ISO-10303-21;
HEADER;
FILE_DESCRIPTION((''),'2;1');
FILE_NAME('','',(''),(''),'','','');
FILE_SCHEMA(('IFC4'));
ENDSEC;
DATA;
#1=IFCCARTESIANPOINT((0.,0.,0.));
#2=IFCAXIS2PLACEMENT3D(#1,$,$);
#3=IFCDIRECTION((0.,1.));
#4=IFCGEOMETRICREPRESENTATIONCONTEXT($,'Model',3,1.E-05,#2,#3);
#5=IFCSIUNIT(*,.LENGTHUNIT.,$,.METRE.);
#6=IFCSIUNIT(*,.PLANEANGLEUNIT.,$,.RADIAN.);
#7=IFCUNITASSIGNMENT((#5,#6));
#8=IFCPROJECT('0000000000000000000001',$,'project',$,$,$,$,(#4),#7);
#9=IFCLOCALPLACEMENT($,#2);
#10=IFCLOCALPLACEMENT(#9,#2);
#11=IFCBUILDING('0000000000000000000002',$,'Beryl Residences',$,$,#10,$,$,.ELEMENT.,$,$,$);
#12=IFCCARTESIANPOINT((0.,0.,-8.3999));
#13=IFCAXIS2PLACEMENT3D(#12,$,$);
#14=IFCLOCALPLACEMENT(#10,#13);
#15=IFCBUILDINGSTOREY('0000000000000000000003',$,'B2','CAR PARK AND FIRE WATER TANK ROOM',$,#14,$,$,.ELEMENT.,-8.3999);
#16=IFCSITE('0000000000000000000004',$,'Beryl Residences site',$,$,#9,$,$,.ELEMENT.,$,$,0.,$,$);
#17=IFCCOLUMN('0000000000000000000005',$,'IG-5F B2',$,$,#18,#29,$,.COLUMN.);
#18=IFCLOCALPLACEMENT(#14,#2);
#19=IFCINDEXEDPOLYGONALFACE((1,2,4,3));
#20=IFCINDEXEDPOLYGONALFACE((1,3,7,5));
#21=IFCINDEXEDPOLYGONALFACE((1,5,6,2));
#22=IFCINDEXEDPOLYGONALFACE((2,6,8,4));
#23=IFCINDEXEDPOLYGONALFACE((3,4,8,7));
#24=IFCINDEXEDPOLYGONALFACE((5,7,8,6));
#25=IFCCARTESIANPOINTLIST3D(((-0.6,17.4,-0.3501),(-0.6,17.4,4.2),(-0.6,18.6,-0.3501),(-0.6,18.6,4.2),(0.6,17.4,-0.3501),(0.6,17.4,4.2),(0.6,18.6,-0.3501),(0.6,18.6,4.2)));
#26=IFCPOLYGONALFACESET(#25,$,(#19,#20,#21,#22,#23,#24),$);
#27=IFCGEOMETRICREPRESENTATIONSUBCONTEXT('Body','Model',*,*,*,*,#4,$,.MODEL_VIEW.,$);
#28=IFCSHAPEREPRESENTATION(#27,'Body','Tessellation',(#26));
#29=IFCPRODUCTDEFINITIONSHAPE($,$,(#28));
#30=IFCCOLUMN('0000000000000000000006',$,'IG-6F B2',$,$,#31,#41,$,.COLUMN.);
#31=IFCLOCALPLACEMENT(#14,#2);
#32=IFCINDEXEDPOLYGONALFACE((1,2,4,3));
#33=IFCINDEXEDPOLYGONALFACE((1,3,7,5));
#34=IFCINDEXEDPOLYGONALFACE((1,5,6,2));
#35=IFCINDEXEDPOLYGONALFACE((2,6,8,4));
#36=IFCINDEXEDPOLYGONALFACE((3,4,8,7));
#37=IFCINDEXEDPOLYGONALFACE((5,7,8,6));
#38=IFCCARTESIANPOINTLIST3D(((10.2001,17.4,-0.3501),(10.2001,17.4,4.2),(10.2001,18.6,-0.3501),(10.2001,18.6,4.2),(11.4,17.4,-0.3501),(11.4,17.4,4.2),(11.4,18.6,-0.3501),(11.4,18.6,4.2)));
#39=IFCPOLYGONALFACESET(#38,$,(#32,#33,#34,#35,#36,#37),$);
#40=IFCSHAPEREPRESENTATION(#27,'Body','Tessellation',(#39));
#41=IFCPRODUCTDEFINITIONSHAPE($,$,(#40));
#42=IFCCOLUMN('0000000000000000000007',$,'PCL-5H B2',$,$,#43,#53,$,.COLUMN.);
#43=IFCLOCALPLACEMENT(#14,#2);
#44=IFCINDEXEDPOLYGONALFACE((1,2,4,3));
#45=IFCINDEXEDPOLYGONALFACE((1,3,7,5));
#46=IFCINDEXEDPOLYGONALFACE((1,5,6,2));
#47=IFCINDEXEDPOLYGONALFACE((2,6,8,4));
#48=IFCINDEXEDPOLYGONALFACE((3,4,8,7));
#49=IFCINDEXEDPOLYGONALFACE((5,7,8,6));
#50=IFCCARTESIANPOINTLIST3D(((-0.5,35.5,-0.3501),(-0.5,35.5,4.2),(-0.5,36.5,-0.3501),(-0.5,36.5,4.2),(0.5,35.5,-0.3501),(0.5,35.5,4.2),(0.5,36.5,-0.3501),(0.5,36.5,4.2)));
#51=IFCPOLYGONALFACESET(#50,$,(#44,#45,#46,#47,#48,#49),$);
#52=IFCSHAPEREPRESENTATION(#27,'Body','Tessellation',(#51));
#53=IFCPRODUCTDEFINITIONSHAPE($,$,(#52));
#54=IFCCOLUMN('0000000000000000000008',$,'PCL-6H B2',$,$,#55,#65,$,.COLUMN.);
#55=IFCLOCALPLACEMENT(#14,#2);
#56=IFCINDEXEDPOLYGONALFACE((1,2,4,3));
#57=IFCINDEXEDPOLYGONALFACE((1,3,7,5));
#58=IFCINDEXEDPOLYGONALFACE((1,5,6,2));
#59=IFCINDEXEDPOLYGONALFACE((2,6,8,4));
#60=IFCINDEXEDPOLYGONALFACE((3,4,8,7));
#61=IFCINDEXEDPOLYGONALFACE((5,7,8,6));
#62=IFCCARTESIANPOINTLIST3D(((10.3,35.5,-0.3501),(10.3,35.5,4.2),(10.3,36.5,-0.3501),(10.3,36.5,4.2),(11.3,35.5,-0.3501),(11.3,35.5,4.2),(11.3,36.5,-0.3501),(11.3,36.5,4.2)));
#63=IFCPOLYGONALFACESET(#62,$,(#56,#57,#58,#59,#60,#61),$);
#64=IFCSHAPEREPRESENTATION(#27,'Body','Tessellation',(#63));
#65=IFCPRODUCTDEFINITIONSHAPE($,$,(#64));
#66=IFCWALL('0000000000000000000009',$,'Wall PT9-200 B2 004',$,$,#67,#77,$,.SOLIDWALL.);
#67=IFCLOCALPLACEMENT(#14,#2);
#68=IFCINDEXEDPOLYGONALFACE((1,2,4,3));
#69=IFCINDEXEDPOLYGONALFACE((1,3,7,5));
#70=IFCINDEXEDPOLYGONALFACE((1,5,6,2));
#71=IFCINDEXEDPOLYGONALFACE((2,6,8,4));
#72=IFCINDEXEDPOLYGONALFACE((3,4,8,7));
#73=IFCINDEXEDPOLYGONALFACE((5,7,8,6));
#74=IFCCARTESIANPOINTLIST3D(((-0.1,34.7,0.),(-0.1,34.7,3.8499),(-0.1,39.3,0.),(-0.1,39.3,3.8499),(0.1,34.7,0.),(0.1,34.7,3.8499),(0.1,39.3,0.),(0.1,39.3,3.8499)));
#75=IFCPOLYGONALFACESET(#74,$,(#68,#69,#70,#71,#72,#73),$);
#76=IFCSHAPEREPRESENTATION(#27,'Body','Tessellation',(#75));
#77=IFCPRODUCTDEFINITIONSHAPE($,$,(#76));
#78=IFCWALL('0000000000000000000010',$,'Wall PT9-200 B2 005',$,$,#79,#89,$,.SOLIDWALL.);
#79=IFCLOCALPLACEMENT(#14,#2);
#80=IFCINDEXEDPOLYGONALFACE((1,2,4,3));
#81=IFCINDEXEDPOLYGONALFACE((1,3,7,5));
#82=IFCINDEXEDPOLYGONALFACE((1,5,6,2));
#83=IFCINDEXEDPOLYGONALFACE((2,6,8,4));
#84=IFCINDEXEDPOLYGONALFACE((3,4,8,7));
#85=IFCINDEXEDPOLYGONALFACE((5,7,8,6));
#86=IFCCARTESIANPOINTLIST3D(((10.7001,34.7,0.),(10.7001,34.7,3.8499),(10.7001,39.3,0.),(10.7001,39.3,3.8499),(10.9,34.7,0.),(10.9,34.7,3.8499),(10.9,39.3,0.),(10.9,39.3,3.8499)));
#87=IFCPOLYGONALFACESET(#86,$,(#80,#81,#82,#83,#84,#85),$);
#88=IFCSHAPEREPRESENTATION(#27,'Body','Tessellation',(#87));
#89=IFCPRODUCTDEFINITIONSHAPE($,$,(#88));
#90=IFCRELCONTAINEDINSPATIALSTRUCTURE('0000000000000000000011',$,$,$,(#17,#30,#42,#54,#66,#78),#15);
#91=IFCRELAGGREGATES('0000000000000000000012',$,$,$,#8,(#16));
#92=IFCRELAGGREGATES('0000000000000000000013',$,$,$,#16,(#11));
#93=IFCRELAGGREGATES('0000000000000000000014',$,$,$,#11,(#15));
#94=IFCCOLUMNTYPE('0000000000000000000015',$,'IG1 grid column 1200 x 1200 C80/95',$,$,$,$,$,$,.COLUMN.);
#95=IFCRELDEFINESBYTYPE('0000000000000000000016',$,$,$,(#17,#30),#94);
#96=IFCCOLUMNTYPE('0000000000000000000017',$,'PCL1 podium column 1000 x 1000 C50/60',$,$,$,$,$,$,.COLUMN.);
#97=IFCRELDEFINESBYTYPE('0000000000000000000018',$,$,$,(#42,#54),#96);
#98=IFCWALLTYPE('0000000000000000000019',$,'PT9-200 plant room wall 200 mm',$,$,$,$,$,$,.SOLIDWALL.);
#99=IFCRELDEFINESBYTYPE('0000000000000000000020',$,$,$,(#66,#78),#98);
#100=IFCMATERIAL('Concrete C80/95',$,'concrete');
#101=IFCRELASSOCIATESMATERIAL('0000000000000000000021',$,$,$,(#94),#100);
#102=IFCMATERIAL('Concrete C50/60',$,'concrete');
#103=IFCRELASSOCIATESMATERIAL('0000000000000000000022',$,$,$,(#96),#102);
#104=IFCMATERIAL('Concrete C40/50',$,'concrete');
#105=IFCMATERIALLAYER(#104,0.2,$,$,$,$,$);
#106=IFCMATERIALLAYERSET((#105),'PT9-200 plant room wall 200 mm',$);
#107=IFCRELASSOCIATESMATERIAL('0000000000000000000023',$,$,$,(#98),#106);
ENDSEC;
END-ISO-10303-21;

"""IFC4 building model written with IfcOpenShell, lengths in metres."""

from ifc_helpers import new_model, si_unit, direction, frame, frame_2d, origin, origin_2d, place, context, subcontext, project, spatial, rectangle, extrude, material, layer, layer_set, material_profile, profile_set, type_object, element, save


model = new_model("IFC4")

# Units and contexts
model_context = context("Model", 3, precision=1e-05, world=origin(), true_north=direction((0.0, 1.0)))
body_context = subcontext(model_context, "Body", "Model", "MODEL_VIEW")
ifc_project = project(units=[si_unit("LENGTHUNIT", "METRE"), si_unit("PLANEANGLEUNIT", "RADIAN")], contexts=[model_context])

# Site, building, storey
site_placement = place(None, origin())
site = spatial("IfcSite", under=ifc_project, at=site_placement, Name="Beryl Residences site", CompositionType="ELEMENT", RefElevation=0.0)
building_placement = place(site_placement, origin())
building = spatial("IfcBuilding", under=site, at=building_placement, Name="Beryl Residences", CompositionType="ELEMENT")
storey_placement = place(building_placement, frame((0.0, 0.0, -8.3999)))
storey = spatial("IfcBuildingStorey", under=building, at=storey_placement, Name="B2", Description="CAR PARK AND FIRE WATER TANK ROOM", CompositionType="ELEMENT", Elevation=-8.3999)

# Columns
ifc_material_1 = material(Name="Concrete C80/95", Category="concrete")
ifc_material_profile_1 = material_profile(ifc_material_1, rectangle(XDim=1.2, YDim=1.2, at=origin_2d()))
ifc_profile_set_1 = profile_set([ifc_material_profile_1], Name="Concrete C80/95")
column_type_1 = type_object("IfcColumnType", Name="IG1 grid column 1200 x 1200 C80/95", PredefinedType="COLUMN", material=ifc_profile_set_1)
for number, where, z_axis, x_axis, name in (
    (1, (0.0, 18.0, -0.3501), (0.0, 0.0, 1.0), (1.0, 0.0, 0.0), "IG-5F B2"),
    (2, (10.8, 18.0, -0.3501), (0.0, 0.0, 1.0), (1.0, 0.0, 0.0), "IG-6F B2"),
):
    element("IfcColumn", number, at=place(storey_placement, frame(where, z_axis=z_axis, x_axis=x_axis)), inside=storey, type_object=column_type_1, Name=name, PredefinedType="COLUMN", context=body_context, shape_type="SweptSolid", body=[
        extrude(rectangle(XDim=1.2, YDim=1.2, at=origin_2d()), origin(), (0.0, 0.0, 1.0), 4.55),
    ])
ifc_material_2 = material(Name="Concrete C50/60", Category="concrete")
ifc_material_profile_2 = material_profile(ifc_material_2, rectangle(XDim=1.0, YDim=1.0, at=origin_2d()))
ifc_profile_set_2 = profile_set([ifc_material_profile_2], Name="Concrete C50/60")
column_type_2 = type_object("IfcColumnType", Name="PCL1 podium column 1000 x 1000 C50/60", PredefinedType="COLUMN", material=ifc_profile_set_2)
for number, where, z_axis, x_axis, name in (
    (3, (0.0, 36.0, -0.3501), (0.0, 0.0, 1.0), (1.0, 0.0, 0.0), "PCL-5H B2"),
    (4, (10.8, 36.0, -0.3501), (0.0, 0.0, 1.0), (1.0, 0.0, 0.0), "PCL-6H B2"),
):
    element("IfcColumn", number, at=place(storey_placement, frame(where, z_axis=z_axis, x_axis=x_axis)), inside=storey, type_object=column_type_2, Name=name, PredefinedType="COLUMN", context=body_context, shape_type="SweptSolid", body=[
        extrude(rectangle(XDim=1.0, YDim=1.0, at=origin_2d()), origin(), (0.0, 0.0, 1.0), 4.55),
    ])

# Walls
ifc_material_3 = material(Name="Concrete C40/50", Category="concrete")
ifc_layer = layer(ifc_material_3, 0.2)
ifc_layer_set = layer_set([ifc_layer], Name="PT9-200 plant room wall 200 mm")
wall_type = type_object("IfcWallType", Name="PT9-200 plant room wall 200 mm", PredefinedType="SOLIDWALL", material=ifc_layer_set)
for number, where, z_axis, x_axis, name in (
    (5, (0.0, 34.7, 0.0), (0.0, 0.0, 1.0), (0.0, 1.0, 0.0), "Wall PT9-200 B2 004"),
    (6, (10.8, 34.7, 0.0), (0.0, 0.0, 1.0), (0.0, 1.0, 0.0), "Wall PT9-200 B2 005"),
):
    element("IfcWall", number, at=place(storey_placement, frame(where, z_axis=z_axis, x_axis=x_axis)), inside=storey, type_object=wall_type, Name=name, PredefinedType="SOLIDWALL", context=body_context, shape_type="SweptSolid", body=[
        extrude(rectangle(XDim=4.6001, YDim=0.2, at=frame_2d((2.3, 0.0))), origin(), (0.0, 0.0, 1.0), 3.8499),
    ])

save(model, "model.ifc")
